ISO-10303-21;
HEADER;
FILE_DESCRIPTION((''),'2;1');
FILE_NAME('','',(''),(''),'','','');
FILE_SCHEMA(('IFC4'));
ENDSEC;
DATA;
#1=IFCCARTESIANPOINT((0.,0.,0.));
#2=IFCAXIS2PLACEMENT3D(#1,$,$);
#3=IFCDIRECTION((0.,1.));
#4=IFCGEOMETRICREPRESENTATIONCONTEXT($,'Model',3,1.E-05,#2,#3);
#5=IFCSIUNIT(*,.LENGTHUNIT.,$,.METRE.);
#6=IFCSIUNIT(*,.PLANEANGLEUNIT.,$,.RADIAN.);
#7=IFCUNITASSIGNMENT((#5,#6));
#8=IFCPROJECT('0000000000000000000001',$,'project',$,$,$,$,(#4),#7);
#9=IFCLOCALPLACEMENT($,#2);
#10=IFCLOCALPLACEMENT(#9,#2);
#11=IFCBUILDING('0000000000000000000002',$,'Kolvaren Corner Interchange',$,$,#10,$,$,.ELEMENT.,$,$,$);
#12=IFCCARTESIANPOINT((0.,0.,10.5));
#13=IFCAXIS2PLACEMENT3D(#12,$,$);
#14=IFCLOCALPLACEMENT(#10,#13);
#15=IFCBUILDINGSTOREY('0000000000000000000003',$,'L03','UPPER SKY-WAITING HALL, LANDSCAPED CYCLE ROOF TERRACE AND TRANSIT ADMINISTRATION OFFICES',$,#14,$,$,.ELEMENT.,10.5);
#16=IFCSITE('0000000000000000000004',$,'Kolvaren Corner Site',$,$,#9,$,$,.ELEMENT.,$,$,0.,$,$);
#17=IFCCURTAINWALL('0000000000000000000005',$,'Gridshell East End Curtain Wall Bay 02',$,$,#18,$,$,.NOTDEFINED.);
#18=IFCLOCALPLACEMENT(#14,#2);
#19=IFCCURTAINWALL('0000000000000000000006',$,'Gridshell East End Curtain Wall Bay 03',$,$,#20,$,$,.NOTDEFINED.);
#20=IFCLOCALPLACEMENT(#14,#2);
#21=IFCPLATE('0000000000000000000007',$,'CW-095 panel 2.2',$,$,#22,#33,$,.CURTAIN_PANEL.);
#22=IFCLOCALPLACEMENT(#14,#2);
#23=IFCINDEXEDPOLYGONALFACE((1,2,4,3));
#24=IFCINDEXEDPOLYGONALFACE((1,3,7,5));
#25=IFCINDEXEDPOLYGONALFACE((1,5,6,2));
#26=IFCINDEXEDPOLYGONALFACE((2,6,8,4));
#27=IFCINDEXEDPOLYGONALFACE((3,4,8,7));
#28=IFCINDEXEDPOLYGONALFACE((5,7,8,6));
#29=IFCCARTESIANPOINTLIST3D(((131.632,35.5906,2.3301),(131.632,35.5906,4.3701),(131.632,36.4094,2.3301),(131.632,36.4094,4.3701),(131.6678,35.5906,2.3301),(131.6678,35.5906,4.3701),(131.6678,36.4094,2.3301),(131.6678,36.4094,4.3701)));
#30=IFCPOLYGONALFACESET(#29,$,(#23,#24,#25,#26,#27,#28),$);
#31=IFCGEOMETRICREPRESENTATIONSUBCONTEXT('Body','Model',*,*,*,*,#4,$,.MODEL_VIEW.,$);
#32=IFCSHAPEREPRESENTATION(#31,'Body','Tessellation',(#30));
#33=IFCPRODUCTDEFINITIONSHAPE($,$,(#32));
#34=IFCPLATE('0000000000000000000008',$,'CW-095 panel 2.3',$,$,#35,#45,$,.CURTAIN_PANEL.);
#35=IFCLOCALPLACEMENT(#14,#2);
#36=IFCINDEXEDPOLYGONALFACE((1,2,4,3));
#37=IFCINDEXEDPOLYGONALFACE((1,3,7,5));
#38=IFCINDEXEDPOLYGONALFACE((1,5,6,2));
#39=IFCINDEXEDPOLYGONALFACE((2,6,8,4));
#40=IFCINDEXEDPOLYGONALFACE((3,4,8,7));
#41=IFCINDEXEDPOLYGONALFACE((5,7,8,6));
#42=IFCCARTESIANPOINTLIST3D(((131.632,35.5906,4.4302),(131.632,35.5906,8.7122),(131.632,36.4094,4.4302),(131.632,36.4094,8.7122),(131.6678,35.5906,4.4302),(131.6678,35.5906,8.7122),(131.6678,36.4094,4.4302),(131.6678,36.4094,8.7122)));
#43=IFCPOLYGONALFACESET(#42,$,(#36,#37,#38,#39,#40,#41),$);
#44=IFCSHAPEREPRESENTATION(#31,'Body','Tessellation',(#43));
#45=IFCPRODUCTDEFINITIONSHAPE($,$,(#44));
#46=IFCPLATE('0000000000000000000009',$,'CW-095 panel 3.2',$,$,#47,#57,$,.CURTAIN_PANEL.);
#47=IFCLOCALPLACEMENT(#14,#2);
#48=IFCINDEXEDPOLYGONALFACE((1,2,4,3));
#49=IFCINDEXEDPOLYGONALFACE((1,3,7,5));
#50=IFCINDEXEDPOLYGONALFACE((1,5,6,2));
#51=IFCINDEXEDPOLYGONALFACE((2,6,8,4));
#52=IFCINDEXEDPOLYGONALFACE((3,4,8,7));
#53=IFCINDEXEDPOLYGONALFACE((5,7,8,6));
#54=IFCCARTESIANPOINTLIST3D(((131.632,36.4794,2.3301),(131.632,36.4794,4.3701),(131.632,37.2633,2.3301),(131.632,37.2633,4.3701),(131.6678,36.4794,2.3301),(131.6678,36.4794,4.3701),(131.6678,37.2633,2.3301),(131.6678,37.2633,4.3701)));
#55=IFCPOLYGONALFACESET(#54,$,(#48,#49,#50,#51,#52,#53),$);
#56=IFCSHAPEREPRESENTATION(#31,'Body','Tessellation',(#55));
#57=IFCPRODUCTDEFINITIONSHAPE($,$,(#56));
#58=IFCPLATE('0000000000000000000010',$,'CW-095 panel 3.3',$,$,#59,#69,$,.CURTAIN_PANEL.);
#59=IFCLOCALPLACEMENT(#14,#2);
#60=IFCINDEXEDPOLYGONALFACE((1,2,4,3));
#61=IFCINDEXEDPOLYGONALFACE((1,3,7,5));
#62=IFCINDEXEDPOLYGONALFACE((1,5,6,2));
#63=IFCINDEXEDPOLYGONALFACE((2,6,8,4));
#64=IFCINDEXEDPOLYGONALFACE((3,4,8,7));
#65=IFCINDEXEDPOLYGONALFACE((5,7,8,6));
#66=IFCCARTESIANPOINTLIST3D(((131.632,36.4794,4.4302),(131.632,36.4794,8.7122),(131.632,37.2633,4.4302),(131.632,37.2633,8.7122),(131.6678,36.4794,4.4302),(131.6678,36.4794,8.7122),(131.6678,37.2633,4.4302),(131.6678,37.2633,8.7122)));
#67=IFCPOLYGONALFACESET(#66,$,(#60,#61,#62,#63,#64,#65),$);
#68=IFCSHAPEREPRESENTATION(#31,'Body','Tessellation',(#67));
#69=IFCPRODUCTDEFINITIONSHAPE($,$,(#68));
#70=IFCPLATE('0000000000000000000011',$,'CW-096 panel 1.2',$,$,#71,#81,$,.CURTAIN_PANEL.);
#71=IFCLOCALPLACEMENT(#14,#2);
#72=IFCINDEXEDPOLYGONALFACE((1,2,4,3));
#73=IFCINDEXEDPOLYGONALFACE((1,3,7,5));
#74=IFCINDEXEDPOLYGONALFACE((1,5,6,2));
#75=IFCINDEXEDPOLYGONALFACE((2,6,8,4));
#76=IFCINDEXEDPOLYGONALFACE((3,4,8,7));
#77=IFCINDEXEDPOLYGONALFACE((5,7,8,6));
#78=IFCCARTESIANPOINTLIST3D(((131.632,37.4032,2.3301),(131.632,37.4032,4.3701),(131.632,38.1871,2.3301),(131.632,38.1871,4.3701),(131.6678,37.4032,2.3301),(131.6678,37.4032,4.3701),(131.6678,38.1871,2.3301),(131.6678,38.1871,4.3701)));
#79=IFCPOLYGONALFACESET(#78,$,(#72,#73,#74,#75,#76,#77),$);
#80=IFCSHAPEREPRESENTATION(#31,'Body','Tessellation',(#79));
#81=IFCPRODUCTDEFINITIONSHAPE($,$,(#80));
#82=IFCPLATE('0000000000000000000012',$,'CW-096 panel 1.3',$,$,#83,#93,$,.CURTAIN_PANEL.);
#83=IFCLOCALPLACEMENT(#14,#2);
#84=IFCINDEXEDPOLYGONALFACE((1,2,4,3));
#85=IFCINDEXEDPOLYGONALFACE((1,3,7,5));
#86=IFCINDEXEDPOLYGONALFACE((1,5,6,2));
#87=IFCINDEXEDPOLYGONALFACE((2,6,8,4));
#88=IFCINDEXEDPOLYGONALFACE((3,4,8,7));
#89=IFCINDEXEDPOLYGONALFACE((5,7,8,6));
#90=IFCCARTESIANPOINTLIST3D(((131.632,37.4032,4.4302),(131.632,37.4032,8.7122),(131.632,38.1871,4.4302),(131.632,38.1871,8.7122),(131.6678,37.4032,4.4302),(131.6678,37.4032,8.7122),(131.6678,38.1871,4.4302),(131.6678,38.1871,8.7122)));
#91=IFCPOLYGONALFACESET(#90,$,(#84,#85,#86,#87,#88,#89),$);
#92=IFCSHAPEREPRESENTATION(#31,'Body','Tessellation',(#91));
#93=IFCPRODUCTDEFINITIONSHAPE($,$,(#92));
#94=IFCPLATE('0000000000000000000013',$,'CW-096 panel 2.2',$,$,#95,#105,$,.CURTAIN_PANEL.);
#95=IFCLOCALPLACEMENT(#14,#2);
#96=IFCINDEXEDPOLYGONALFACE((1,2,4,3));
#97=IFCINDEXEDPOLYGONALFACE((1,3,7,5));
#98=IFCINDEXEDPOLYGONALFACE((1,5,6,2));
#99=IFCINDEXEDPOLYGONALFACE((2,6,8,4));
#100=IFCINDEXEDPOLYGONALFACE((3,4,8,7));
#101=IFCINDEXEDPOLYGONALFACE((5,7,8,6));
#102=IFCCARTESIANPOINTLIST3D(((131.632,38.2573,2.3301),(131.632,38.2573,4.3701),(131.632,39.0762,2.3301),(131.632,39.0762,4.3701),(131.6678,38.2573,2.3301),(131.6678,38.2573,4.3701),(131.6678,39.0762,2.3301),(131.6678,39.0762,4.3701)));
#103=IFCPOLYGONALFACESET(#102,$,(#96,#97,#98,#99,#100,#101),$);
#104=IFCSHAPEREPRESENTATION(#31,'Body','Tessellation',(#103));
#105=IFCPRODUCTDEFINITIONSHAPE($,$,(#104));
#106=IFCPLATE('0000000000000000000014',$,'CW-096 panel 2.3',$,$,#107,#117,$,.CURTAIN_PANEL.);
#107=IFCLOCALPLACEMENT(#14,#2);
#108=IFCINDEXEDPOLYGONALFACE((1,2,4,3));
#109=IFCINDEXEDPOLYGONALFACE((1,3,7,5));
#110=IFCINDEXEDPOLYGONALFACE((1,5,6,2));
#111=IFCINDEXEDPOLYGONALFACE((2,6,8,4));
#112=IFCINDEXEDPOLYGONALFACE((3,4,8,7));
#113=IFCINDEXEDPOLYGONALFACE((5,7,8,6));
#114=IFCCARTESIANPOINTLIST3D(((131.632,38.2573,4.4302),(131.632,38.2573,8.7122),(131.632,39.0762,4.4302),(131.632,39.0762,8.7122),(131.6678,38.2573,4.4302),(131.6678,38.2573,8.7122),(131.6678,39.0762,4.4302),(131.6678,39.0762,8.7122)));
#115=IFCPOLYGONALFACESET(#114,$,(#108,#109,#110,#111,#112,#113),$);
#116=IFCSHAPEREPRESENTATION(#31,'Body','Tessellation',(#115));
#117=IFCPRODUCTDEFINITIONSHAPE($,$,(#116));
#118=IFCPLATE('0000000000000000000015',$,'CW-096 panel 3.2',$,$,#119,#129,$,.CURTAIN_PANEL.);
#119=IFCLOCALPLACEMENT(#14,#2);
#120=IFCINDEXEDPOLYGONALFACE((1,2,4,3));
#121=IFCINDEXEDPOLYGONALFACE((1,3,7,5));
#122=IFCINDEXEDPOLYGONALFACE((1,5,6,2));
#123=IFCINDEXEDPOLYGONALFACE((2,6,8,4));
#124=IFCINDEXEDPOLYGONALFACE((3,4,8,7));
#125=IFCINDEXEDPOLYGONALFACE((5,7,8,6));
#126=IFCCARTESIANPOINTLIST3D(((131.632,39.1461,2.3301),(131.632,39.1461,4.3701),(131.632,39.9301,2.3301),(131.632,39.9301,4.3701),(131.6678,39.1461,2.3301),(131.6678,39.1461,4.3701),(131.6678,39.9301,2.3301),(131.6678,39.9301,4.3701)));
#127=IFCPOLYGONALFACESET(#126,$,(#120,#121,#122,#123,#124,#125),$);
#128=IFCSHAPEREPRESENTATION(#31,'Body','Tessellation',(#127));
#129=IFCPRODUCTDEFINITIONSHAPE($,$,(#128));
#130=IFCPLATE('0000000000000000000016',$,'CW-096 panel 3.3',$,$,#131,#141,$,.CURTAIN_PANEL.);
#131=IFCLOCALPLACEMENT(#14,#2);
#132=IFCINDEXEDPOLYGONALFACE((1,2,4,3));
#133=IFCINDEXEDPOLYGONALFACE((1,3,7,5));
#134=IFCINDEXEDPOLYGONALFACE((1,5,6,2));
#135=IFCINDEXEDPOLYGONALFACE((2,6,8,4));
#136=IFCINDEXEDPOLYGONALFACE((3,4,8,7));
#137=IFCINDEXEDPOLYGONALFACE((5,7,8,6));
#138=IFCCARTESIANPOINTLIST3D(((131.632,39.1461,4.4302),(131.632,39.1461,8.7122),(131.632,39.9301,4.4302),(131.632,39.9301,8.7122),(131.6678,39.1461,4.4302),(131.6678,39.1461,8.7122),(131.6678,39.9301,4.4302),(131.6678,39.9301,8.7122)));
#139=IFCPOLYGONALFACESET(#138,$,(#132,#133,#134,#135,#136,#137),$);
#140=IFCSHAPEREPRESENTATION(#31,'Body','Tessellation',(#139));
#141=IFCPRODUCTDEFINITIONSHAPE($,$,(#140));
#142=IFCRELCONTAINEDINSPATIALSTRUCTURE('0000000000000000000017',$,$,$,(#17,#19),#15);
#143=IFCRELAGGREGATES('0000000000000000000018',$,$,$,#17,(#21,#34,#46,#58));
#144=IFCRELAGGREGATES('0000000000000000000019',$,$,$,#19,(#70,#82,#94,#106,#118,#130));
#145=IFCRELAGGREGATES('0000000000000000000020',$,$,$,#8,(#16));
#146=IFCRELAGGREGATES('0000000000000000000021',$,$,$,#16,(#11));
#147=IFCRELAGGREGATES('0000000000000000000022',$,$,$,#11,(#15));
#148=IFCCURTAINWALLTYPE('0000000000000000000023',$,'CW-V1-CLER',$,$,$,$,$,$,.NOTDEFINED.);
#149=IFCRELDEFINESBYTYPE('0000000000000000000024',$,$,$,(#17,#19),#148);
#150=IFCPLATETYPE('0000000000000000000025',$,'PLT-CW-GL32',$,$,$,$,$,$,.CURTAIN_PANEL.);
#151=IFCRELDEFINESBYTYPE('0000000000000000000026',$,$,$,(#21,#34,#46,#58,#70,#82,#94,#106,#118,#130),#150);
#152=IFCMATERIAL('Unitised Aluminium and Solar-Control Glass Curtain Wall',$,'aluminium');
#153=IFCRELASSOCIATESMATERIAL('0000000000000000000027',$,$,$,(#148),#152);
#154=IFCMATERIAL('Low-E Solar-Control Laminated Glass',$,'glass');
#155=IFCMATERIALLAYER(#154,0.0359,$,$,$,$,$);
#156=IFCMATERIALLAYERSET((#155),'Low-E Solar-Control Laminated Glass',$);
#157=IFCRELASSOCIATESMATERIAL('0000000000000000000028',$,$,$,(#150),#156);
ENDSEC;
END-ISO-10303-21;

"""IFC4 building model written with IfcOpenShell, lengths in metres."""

from ifc_helpers import new_model, si_unit, direction, frame, origin, origin_2d, place, context, subcontext, project, spatial, rectangle, extrude, material, layer, layer_set, type_object, element, aggregate, save


model = new_model("IFC4")

# Units and contexts
model_context = context("Model", 3, precision=1e-05, world=origin(), true_north=direction((0.0, 1.0)))
body_context = subcontext(model_context, "Body", "Model", "MODEL_VIEW")
ifc_project = project(units=[si_unit("LENGTHUNIT", "METRE"), si_unit("PLANEANGLEUNIT", "RADIAN")], contexts=[model_context])

# Site, building, storey
site_placement = place(None, origin())
site = spatial("IfcSite", under=ifc_project, at=site_placement, Name="Kolvaren Corner Site", CompositionType="ELEMENT", RefElevation=0.0)
building_placement = place(site_placement, origin())
building = spatial("IfcBuilding", under=site, at=building_placement, Name="Kolvaren Corner Interchange", CompositionType="ELEMENT")
storey_placement = place(building_placement, frame((0.0, 0.0, 10.5)))
storey = spatial("IfcBuildingStorey", under=building, at=storey_placement, Name="L03", Description="UPPER SKY-WAITING HALL, LANDSCAPED CYCLE ROOF TERRACE AND TRANSIT ADMINISTRATION OFFICES", CompositionType="ELEMENT", Elevation=10.5)

# Curtain walls
ifc_material_1 = material(Name="Unitised Aluminium and Solar-Control Glass Curtain Wall", Category="aluminium")
curtain_wall_type = type_object("IfcCurtainWallType", Name="CW-V1-CLER", PredefinedType="NOTDEFINED", material=ifc_material_1)
curtain_wall_1_placement = place(storey_placement, origin())
curtain_wall_1 = element("IfcCurtainWall", 1, at=curtain_wall_1_placement, inside=storey, type_object=curtain_wall_type, Name="Gridshell East End Curtain Wall Bay 02", PredefinedType="NOTDEFINED")
curtain_wall_2_placement = place(storey_placement, origin())
curtain_wall_2 = element("IfcCurtainWall", 2, at=curtain_wall_2_placement, inside=storey, type_object=curtain_wall_type, Name="Gridshell East End Curtain Wall Bay 03", PredefinedType="NOTDEFINED")

# Plates
ifc_material_2 = material(Name="Low-E Solar-Control Laminated Glass", Category="glass")
ifc_layer = layer(ifc_material_2, 0.0359)
ifc_layer_set = layer_set([ifc_layer], Name="Low-E Solar-Control Laminated Glass")
plate_type = type_object("IfcPlateType", Name="PLT-CW-GL32", PredefinedType="CURTAIN_PANEL", material=ifc_layer_set)
plate_1_placement = place(storey_placement, frame((131.6499, 36.0, 2.3301), z_axis=(0.0, 0.0, 1.0), x_axis=(0.0, 1.0, 0.0)))
plate_1 = element("IfcPlate", 3, at=plate_1_placement, type_object=plate_type, Name="CW-095 panel 2.2", PredefinedType="CURTAIN_PANEL", context=body_context, shape_type="SweptSolid", body=[
    extrude(rectangle(XDim=0.8188, YDim=0.0359, at=origin_2d()), origin(), (0.0, 0.0, 1.0), 2.04),
])
plate_2_placement = place(storey_placement, frame((131.6499, 36.0, 4.4302), z_axis=(0.0, 0.0, 1.0), x_axis=(0.0, 1.0, 0.0)))
plate_2 = element("IfcPlate", 4, at=plate_2_placement, type_object=plate_type, Name="CW-095 panel 2.3", PredefinedType="CURTAIN_PANEL", context=body_context, shape_type="SweptSolid", body=[
    extrude(rectangle(XDim=0.8188, YDim=0.0359, at=origin_2d()), origin(), (0.0, 0.0, 1.0), 4.282),
])
plate_3_placement = place(storey_placement, frame((131.6499, 36.8713, 2.3301), z_axis=(0.0, 0.0, 1.0), x_axis=(0.0, 1.0, 0.0)))
plate_3 = element("IfcPlate", 5, at=plate_3_placement, type_object=plate_type, Name="CW-095 panel 3.2", PredefinedType="CURTAIN_PANEL", context=body_context, shape_type="SweptSolid", body=[
    extrude(rectangle(XDim=0.7839, YDim=0.0359, at=origin_2d()), origin(), (0.0, 0.0, 1.0), 2.04),
])
plate_4_placement = place(storey_placement, frame((131.6499, 36.8713, 4.4302), z_axis=(0.0, 0.0, 1.0), x_axis=(0.0, 1.0, 0.0)))
plate_4 = element("IfcPlate", 6, at=plate_4_placement, type_object=plate_type, Name="CW-095 panel 3.3", PredefinedType="CURTAIN_PANEL", context=body_context, shape_type="SweptSolid", body=[
    extrude(rectangle(XDim=0.7839, YDim=0.0359, at=origin_2d()), origin(), (0.0, 0.0, 1.0), 4.282),
])
aggregate(curtain_wall_1, [plate_1, plate_2, plate_3, plate_4])
plate_5_placement = place(storey_placement, frame((131.6499, 37.7952, 2.3301), z_axis=(0.0, 0.0, 1.0), x_axis=(0.0, 1.0, 0.0)))
plate_5 = element("IfcPlate", 7, at=plate_5_placement, type_object=plate_type, Name="CW-096 panel 1.2", PredefinedType="CURTAIN_PANEL", context=body_context, shape_type="SweptSolid", body=[
    extrude(rectangle(XDim=0.7839, YDim=0.0359, at=origin_2d()), origin(), (0.0, 0.0, 1.0), 2.04),
])
plate_6_placement = place(storey_placement, frame((131.6499, 37.7952, 4.4302), z_axis=(0.0, 0.0, 1.0), x_axis=(0.0, 1.0, 0.0)))
plate_6 = element("IfcPlate", 8, at=plate_6_placement, type_object=plate_type, Name="CW-096 panel 1.3", PredefinedType="CURTAIN_PANEL", context=body_context, shape_type="SweptSolid", body=[
    extrude(rectangle(XDim=0.7839, YDim=0.0359, at=origin_2d()), origin(), (0.0, 0.0, 1.0), 4.282),
])
plate_7_placement = place(storey_placement, frame((131.6499, 38.6667, 2.3301), z_axis=(0.0, 0.0, 1.0), x_axis=(0.0, 1.0, 0.0)))
plate_7 = element("IfcPlate", 9, at=plate_7_placement, type_object=plate_type, Name="CW-096 panel 2.2", PredefinedType="CURTAIN_PANEL", context=body_context, shape_type="SweptSolid", body=[
    extrude(rectangle(XDim=0.8188, YDim=0.0359, at=origin_2d()), origin(), (0.0, 0.0, 1.0), 2.04),
])
plate_8_placement = place(storey_placement, frame((131.6499, 38.6667, 4.4302), z_axis=(0.0, 0.0, 1.0), x_axis=(0.0, 1.0, 0.0)))
plate_8 = element("IfcPlate", 10, at=plate_8_placement, type_object=plate_type, Name="CW-096 panel 2.3", PredefinedType="CURTAIN_PANEL", context=body_context, shape_type="SweptSolid", body=[
    extrude(rectangle(XDim=0.8188, YDim=0.0359, at=origin_2d()), origin(), (0.0, 0.0, 1.0), 4.282),
])
plate_9_placement = place(storey_placement, frame((131.6499, 39.5381, 2.3301), z_axis=(0.0, 0.0, 1.0), x_axis=(0.0, 1.0, 0.0)))
plate_9 = element("IfcPlate", 11, at=plate_9_placement, type_object=plate_type, Name="CW-096 panel 3.2", PredefinedType="CURTAIN_PANEL", context=body_context, shape_type="SweptSolid", body=[
    extrude(rectangle(XDim=0.7839, YDim=0.0359, at=origin_2d()), origin(), (0.0, 0.0, 1.0), 2.04),
])
plate_10_placement = place(storey_placement, frame((131.6499, 39.5381, 4.4302), z_axis=(0.0, 0.0, 1.0), x_axis=(0.0, 1.0, 0.0)))
plate_10 = element("IfcPlate", 12, at=plate_10_placement, type_object=plate_type, Name="CW-096 panel 3.3", PredefinedType="CURTAIN_PANEL", context=body_context, shape_type="SweptSolid", body=[
    extrude(rectangle(XDim=0.7839, YDim=0.0359, at=origin_2d()), origin(), (0.0, 0.0, 1.0), 4.282),
])
aggregate(curtain_wall_2, [plate_5, plate_6, plate_7, plate_8, plate_9, plate_10])

save(model, "model.ifc")
